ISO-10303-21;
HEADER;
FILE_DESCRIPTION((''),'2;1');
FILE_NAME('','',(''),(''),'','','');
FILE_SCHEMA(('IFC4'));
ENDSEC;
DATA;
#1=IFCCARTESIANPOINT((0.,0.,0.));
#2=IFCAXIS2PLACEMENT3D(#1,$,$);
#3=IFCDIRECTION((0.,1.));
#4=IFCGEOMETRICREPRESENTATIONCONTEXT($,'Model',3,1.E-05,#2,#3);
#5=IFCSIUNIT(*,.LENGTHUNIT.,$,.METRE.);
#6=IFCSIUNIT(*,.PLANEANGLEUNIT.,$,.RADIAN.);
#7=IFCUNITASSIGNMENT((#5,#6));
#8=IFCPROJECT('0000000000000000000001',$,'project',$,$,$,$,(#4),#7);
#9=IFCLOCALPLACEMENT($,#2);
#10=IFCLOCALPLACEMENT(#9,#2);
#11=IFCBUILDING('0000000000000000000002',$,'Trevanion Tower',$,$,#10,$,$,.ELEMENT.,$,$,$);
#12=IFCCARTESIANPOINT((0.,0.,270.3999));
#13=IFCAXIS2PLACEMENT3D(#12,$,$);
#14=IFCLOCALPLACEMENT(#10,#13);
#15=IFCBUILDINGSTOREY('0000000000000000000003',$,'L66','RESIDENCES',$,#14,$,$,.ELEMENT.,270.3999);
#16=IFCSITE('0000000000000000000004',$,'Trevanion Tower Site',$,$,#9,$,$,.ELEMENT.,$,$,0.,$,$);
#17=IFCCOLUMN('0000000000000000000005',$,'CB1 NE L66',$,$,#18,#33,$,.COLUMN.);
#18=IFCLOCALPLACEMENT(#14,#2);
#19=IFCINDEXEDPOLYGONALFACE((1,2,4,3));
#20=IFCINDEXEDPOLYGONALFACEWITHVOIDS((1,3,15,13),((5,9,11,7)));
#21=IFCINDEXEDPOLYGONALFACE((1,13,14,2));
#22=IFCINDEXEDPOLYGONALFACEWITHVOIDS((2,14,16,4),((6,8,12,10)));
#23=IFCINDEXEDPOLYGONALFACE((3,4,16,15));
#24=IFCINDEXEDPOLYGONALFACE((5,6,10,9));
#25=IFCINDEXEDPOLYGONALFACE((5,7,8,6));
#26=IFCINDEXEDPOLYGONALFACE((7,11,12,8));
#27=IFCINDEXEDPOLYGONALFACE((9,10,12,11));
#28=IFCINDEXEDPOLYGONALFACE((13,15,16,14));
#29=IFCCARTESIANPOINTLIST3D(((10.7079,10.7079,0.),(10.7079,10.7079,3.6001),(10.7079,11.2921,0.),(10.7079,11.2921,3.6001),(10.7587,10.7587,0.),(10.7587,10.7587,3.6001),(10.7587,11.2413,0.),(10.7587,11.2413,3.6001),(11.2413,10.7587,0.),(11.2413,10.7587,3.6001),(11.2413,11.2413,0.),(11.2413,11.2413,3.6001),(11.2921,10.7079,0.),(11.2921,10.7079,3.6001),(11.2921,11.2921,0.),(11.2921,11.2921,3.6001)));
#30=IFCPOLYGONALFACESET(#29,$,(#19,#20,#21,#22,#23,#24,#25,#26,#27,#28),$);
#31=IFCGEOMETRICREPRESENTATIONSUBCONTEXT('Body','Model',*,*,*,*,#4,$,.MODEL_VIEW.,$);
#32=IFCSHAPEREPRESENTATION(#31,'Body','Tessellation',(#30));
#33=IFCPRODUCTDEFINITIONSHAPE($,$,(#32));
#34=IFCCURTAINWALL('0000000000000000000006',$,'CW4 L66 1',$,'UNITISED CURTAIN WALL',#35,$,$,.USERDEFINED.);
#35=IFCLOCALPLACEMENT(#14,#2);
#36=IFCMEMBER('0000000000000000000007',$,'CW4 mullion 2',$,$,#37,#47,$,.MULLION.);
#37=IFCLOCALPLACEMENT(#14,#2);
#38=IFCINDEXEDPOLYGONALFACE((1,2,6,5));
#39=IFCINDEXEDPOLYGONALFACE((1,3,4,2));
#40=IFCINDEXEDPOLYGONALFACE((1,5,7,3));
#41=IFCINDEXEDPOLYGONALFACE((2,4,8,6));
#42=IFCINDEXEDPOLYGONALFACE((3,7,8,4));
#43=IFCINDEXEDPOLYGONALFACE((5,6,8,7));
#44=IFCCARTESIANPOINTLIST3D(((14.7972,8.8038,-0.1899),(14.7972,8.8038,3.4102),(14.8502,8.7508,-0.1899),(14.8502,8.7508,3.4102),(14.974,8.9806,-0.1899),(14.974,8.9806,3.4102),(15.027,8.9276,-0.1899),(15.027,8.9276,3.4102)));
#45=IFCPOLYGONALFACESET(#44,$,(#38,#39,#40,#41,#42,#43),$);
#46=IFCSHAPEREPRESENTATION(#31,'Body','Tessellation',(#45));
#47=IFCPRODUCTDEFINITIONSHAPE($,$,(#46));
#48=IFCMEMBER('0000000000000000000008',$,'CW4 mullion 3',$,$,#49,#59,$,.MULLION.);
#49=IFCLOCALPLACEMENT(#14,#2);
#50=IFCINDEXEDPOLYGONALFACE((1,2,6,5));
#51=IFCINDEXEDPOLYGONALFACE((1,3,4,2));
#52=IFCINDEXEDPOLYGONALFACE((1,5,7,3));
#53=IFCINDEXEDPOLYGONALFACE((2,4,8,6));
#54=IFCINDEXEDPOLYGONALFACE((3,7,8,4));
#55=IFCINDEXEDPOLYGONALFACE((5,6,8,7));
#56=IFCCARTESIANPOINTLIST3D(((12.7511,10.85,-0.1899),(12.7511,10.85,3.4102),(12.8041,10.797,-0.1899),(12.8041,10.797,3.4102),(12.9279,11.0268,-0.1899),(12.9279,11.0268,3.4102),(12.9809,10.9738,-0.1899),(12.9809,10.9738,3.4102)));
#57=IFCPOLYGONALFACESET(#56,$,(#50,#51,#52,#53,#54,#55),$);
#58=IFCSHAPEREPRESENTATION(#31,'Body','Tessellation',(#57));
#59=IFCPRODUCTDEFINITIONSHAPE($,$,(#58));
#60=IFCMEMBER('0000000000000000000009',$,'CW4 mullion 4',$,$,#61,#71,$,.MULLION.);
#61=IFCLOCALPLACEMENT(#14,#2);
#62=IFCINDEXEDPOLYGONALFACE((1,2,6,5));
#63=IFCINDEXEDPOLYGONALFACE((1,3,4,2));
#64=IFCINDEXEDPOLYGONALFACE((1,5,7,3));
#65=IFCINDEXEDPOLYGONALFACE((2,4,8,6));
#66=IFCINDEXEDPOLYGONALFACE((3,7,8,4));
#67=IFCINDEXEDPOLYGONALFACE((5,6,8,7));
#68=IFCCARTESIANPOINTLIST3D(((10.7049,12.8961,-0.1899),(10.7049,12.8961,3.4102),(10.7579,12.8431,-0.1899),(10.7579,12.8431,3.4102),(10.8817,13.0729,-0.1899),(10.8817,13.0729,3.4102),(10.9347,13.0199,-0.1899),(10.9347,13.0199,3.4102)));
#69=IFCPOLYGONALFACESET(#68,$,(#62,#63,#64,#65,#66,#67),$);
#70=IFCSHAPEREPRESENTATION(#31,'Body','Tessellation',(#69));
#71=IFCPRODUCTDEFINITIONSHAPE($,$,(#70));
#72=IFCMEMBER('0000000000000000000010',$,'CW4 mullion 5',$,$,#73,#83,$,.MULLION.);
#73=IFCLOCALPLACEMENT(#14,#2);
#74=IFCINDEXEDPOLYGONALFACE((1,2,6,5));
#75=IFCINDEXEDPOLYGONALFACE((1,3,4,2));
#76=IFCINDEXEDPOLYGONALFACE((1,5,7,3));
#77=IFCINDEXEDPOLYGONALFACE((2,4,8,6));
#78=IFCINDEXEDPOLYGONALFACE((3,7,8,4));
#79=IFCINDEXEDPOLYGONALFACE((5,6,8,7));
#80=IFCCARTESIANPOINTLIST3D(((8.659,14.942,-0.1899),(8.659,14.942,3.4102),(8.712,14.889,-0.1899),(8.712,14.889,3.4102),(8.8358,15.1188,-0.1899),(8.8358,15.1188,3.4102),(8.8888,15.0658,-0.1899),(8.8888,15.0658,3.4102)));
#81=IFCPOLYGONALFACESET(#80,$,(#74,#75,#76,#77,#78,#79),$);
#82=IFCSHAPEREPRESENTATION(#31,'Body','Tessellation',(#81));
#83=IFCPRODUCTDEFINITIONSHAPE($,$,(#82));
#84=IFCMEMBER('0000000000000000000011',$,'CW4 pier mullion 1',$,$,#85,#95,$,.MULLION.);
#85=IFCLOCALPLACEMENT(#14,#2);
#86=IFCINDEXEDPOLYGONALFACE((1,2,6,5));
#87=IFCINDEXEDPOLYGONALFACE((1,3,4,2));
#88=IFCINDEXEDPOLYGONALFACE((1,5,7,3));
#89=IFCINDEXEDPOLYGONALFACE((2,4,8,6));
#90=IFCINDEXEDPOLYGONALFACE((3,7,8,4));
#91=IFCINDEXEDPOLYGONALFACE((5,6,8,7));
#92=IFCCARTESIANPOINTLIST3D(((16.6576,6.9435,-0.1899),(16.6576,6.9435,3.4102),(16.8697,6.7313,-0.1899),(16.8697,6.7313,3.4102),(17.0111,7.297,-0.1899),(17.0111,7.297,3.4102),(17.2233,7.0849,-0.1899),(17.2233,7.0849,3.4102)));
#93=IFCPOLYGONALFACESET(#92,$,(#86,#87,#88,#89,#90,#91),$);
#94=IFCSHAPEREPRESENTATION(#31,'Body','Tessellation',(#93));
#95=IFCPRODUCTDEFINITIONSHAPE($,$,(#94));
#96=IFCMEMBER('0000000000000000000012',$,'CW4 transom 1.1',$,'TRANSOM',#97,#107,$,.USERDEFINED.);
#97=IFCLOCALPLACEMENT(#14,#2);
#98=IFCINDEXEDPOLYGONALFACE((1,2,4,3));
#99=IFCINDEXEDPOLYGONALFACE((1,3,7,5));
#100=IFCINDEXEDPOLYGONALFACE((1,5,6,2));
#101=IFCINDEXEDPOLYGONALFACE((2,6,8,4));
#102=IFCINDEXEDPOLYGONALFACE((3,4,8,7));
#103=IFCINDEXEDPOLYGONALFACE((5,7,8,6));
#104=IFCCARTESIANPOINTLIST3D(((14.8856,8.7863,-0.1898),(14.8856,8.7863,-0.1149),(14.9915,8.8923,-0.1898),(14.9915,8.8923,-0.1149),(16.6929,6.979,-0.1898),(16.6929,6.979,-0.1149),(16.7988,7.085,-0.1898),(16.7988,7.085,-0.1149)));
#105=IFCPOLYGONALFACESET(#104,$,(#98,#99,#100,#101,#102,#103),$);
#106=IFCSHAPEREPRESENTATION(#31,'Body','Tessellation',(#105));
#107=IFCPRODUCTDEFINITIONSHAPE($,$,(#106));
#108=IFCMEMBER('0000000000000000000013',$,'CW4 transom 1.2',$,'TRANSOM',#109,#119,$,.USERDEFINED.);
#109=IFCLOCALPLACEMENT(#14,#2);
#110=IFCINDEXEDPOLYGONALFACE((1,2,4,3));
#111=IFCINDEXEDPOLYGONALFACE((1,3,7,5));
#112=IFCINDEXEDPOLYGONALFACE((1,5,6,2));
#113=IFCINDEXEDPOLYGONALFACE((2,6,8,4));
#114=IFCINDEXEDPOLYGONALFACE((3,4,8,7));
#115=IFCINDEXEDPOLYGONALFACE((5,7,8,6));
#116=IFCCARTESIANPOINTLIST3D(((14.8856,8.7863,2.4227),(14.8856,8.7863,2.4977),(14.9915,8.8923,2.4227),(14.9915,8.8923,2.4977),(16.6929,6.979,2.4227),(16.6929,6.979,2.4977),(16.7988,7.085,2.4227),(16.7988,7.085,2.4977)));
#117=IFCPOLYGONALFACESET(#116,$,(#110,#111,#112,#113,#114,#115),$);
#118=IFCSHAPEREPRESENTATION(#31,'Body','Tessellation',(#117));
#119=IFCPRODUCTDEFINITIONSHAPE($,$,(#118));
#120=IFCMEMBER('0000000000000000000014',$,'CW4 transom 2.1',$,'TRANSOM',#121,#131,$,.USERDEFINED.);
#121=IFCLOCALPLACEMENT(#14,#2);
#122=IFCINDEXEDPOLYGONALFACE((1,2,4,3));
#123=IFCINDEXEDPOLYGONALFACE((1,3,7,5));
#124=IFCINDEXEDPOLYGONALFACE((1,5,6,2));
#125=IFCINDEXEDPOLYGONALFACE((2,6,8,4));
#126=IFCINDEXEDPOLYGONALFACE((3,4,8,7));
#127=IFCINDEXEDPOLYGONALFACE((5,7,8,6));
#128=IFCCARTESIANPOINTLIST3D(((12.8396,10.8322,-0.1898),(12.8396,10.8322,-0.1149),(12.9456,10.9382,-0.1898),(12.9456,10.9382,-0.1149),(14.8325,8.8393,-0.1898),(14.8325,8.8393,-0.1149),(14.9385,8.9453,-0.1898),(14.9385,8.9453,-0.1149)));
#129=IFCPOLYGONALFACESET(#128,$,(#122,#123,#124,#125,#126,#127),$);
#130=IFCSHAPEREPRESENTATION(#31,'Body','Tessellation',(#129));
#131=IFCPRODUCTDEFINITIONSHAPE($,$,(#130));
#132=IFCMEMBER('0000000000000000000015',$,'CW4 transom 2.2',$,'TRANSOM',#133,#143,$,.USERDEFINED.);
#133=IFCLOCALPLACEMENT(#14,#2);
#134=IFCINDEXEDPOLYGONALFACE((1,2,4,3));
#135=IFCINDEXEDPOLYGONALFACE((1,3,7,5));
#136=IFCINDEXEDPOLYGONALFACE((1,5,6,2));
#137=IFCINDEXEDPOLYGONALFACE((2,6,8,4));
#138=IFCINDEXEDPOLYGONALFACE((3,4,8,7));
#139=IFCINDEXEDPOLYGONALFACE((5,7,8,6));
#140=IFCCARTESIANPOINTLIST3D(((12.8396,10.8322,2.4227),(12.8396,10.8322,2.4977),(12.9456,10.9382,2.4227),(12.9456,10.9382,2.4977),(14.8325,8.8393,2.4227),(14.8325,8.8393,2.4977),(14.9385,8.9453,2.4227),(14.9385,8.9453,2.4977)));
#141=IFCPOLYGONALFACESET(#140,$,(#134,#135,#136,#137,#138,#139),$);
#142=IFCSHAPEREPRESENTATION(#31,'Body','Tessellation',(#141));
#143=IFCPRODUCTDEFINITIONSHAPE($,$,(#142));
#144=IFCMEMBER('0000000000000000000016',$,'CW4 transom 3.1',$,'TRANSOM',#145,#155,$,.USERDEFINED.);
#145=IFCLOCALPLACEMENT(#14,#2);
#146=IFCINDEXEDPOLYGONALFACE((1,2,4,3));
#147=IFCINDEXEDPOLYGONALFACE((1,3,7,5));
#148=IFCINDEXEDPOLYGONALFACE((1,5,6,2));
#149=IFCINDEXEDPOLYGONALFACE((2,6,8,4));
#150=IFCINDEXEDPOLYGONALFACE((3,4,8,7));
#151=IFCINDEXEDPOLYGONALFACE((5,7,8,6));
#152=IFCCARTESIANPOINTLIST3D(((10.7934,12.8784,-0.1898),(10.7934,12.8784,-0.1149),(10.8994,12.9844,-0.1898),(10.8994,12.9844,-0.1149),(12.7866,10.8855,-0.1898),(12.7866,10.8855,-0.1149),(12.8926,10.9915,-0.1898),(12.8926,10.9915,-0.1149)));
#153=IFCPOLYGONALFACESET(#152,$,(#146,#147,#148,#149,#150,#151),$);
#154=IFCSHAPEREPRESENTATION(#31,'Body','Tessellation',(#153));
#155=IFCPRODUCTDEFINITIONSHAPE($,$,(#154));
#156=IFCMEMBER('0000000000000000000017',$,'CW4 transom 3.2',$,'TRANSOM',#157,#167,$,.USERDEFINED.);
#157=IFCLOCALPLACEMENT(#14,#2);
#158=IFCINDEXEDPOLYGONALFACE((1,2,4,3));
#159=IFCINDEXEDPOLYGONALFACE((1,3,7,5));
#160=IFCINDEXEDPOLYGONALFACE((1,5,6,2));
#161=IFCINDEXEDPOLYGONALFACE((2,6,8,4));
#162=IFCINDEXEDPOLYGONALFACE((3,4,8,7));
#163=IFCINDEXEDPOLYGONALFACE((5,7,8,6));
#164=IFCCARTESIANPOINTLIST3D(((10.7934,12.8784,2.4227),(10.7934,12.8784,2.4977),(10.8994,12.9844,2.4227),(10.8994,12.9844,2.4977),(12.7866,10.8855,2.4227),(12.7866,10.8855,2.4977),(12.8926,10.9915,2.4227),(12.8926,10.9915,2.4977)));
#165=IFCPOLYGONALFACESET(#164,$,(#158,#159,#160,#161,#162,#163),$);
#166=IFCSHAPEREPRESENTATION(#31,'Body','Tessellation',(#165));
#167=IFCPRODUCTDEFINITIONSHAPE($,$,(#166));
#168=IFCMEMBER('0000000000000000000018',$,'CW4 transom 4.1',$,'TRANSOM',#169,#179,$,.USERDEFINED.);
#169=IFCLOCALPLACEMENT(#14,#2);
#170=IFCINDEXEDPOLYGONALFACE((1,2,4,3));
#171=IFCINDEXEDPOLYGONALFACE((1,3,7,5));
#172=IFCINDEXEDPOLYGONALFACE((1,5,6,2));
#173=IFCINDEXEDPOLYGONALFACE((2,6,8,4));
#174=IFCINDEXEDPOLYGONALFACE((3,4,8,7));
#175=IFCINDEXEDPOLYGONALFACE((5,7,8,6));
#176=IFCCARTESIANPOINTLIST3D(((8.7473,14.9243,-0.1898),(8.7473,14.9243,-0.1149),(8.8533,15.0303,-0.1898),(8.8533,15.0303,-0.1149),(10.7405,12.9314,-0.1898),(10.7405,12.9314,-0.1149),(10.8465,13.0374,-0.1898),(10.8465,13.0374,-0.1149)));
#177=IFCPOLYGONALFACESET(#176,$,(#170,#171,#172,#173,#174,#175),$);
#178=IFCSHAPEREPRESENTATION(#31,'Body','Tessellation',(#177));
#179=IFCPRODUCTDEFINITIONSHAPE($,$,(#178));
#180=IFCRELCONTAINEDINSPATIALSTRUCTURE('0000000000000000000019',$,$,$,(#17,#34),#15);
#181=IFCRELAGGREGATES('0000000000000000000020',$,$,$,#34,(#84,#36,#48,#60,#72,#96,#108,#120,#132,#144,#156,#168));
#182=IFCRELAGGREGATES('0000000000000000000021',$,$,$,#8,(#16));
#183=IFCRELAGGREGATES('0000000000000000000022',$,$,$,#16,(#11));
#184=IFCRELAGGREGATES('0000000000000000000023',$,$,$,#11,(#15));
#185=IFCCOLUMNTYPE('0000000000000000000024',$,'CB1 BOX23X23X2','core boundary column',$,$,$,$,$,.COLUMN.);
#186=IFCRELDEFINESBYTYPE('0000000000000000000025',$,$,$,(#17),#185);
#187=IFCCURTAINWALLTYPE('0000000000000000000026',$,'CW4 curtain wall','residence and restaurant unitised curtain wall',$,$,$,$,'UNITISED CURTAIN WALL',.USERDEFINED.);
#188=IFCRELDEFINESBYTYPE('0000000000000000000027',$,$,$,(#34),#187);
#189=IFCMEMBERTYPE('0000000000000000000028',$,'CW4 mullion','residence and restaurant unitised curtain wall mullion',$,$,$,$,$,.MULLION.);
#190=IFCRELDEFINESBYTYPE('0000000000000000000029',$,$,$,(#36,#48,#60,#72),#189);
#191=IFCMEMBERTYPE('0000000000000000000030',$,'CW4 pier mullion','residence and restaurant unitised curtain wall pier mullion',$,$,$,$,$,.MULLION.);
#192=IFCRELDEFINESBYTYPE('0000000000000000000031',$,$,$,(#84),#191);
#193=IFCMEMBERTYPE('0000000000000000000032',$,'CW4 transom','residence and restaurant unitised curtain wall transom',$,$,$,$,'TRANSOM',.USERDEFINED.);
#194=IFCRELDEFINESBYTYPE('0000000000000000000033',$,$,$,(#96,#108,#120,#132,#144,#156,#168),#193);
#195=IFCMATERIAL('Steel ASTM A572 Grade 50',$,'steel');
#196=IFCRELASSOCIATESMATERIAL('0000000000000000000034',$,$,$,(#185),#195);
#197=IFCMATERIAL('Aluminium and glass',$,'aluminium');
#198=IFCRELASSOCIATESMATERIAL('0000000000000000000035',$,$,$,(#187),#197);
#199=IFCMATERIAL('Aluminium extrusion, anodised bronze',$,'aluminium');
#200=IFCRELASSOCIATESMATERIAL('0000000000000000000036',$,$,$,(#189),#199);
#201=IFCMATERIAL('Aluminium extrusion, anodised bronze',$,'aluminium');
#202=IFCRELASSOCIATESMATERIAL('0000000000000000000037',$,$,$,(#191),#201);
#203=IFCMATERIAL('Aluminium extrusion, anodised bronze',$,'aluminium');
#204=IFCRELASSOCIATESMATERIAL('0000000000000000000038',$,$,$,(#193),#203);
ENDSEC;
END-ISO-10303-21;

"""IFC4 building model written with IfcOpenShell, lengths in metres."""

from ifc_helpers import new_model, si_unit, direction, frame, origin, origin_2d, place, context, subcontext, project, spatial, rectangle, hollow_rectangle, extrude, material, material_profile, profile_set, type_object, element, aggregate, save


model = new_model("IFC4")

# Units and contexts
model_context = context("Model", 3, precision=1e-05, world=origin(), true_north=direction((0.0, 1.0)))
body_context = subcontext(model_context, "Body", "Model", "MODEL_VIEW")
ifc_project = project(units=[si_unit("LENGTHUNIT", "METRE"), si_unit("PLANEANGLEUNIT", "RADIAN")], contexts=[model_context])

# Site, building, storey
site_placement = place(None, origin())
site = spatial("IfcSite", under=ifc_project, at=site_placement, Name="Trevanion Tower Site", CompositionType="ELEMENT", RefElevation=0.0)
building_placement = place(site_placement, origin())
building = spatial("IfcBuilding", under=site, at=building_placement, Name="Trevanion Tower", CompositionType="ELEMENT")
storey_placement = place(building_placement, frame((0.0, 0.0, 270.3999)))
storey = spatial("IfcBuildingStorey", under=building, at=storey_placement, Name="L66", Description="RESIDENCES", CompositionType="ELEMENT", Elevation=270.3999)

# Column
ifc_material_1 = material(Name="Steel ASTM A572 Grade 50", Category="steel")
ifc_material_profile_1 = material_profile(ifc_material_1, hollow_rectangle(XDim=0.5842, YDim=0.5842, WallThickness=0.0508, at=origin_2d()), Name="BOX23X23X2")
ifc_profile_set_1 = profile_set([ifc_material_profile_1], Name="Steel ASTM A572 Grade 50")
column_type = type_object("IfcColumnType", Name="CB1 BOX23X23X2", Description="core boundary column", PredefinedType="COLUMN", material=ifc_profile_set_1)
column_placement = place(storey_placement, frame((11.0, 11.0, 0.0), z_axis=(0.0, 0.0, 1.0), x_axis=(1.0, 0.0, 0.0)))
element("IfcColumn", 1, at=column_placement, inside=storey, type_object=column_type, Name="CB1 NE L66", PredefinedType="COLUMN", context=body_context, shape_type="SweptSolid", body=[
    extrude(hollow_rectangle(XDim=0.5842, YDim=0.5842, WallThickness=0.0508, at=origin_2d()), origin(), (0.0, 0.0, 1.0), 3.6001),
])

# Curtain wall, members
ifc_material_2 = material(Name="Aluminium and glass", Category="aluminium")
curtain_wall_type = type_object("IfcCurtainWallType", Name="CW4 curtain wall", Description="residence and restaurant unitised curtain wall", ElementType="UNITISED CURTAIN WALL", PredefinedType="USERDEFINED", material=ifc_material_2)
curtain_wall_placement = place(storey_placement, origin())
curtain_wall = element("IfcCurtainWall", 2, at=curtain_wall_placement, inside=storey, type_object=curtain_wall_type, Name="CW4 L66 1", ObjectType="UNITISED CURTAIN WALL", PredefinedType="USERDEFINED")
ifc_material_3 = material(Name="Aluminium extrusion, anodised bronze", Category="aluminium")
ifc_material_profile_2 = material_profile(ifc_material_3, rectangle(XDim=0.075, YDim=0.25, at=origin_2d()), Name="CW4 mullion")
ifc_profile_set_2 = profile_set([ifc_material_profile_2], Name="Aluminium extrusion, anodised bronze")
member_type_1 = type_object("IfcMemberType", Name="CW4 mullion", Description="residence and restaurant unitised curtain wall mullion", PredefinedType="MULLION", material=ifc_profile_set_2)
member_1_placement = place(storey_placement, frame((14.9121, 8.8657, -0.1899), z_axis=(0.0, 0.0, 1.0), x_axis=(-0.707107, 0.707107, 0.0)))
member_1 = element("IfcMember", 3, at=member_1_placement, type_object=member_type_1, Name="CW4 mullion 2", PredefinedType="MULLION", context=body_context, shape_type="SweptSolid", body=[
    extrude(rectangle(XDim=0.075, YDim=0.25, at=origin_2d()), origin(), (0.0, 0.0, 1.0), 3.6001),
])
member_2_placement = place(storey_placement, frame((12.866, 10.9119, -0.1899), z_axis=(0.0, 0.0, 1.0), x_axis=(-0.707107, 0.707107, 0.0)))
member_2 = element("IfcMember", 4, at=member_2_placement, type_object=member_type_1, Name="CW4 mullion 3", PredefinedType="MULLION", context=body_context, shape_type="SweptSolid", body=[
    extrude(rectangle(XDim=0.075, YDim=0.25, at=origin_2d()), origin(), (0.0, 0.0, 1.0), 3.6001),
])
member_3_placement = place(storey_placement, frame((10.8198, 12.958, -0.1899), z_axis=(0.0, 0.0, 1.0), x_axis=(-0.707107, 0.707107, 0.0)))
member_3 = element("IfcMember", 5, at=member_3_placement, type_object=member_type_1, Name="CW4 mullion 4", PredefinedType="MULLION", context=body_context, shape_type="SweptSolid", body=[
    extrude(rectangle(XDim=0.075, YDim=0.25, at=origin_2d()), origin(), (0.0, 0.0, 1.0), 3.6001),
])
member_4_placement = place(storey_placement, frame((8.7739, 15.0039, -0.1899), z_axis=(0.0, 0.0, 1.0), x_axis=(-0.707107, 0.707107, 0.0)))
member_4 = element("IfcMember", 6, at=member_4_placement, type_object=member_type_1, Name="CW4 mullion 5", PredefinedType="MULLION", context=body_context, shape_type="SweptSolid", body=[
    extrude(rectangle(XDim=0.075, YDim=0.25, at=origin_2d()), origin(), (0.0, 0.0, 1.0), 3.6001),
])
ifc_material_4 = material(Name="Aluminium extrusion, anodised bronze", Category="aluminium")
ifc_material_profile_3 = material_profile(ifc_material_4, rectangle(XDim=0.3, YDim=0.5, at=origin_2d()), Name="CW4 pier mullion")
ifc_profile_set_3 = profile_set([ifc_material_profile_3], Name="Aluminium extrusion, anodised bronze")
member_type_2 = type_object("IfcMemberType", Name="CW4 pier mullion", Description="residence and restaurant unitised curtain wall pier mullion", PredefinedType="MULLION", material=ifc_profile_set_3)
member_5_placement = place(storey_placement, frame((16.9404, 7.0142, -0.1899), z_axis=(0.0, 0.0, 1.0), x_axis=(-0.707107, 0.707107, 0.0)))
member_5 = element("IfcMember", 7, at=member_5_placement, type_object=member_type_2, Name="CW4 pier mullion 1", PredefinedType="MULLION", context=body_context, shape_type="SweptSolid", body=[
    extrude(rectangle(XDim=0.3, YDim=0.5, at=origin_2d()), origin(), (0.0, 0.0, 1.0), 3.6001),
])
ifc_material_5 = material(Name="Aluminium extrusion, anodised bronze", Category="aluminium")
ifc_material_profile_4 = material_profile(ifc_material_5, rectangle(XDim=0.1499, YDim=0.075, at=origin_2d()), Name="CW4 transom")
ifc_profile_set_4 = profile_set([ifc_material_profile_4], Name="Aluminium extrusion, anodised bronze")
member_type_3 = type_object("IfcMemberType", Name="CW4 transom", Description="residence and restaurant unitised curtain wall transom", ElementType="TRANSOM", PredefinedType="USERDEFINED", material=ifc_profile_set_4)
member_6_placement = place(storey_placement, frame((16.7458, 7.032, -0.1523), z_axis=(-0.707107, 0.707107, 0.0), x_axis=(-0.707107, -0.707107, 0.0)))
member_6 = element("IfcMember", 8, at=member_6_placement, type_object=member_type_3, Name="CW4 transom 1.1", ObjectType="TRANSOM", PredefinedType="USERDEFINED", context=body_context, shape_type="SweptSolid", body=[
    extrude(rectangle(XDim=0.1499, YDim=0.075, at=origin_2d()), origin(), (0.0, 0.0, 1.0), 2.5559),
])
member_7_placement = place(storey_placement, frame((16.7458, 7.032, 2.4602), z_axis=(-0.707107, 0.707107, 0.0), x_axis=(-0.707107, -0.707107, 0.0)))
member_7 = element("IfcMember", 9, at=member_7_placement, type_object=member_type_3, Name="CW4 transom 1.2", ObjectType="TRANSOM", PredefinedType="USERDEFINED", context=body_context, shape_type="SweptSolid", body=[
    extrude(rectangle(XDim=0.1499, YDim=0.075, at=origin_2d()), origin(), (0.0, 0.0, 1.0), 2.5559),
])
member_8_placement = place(storey_placement, frame((14.8855, 8.8923, -0.1523), z_axis=(-0.707107, 0.707107, 0.0), x_axis=(-0.707107, -0.707107, 0.0)))
member_8 = element("IfcMember", 10, at=member_8_placement, type_object=member_type_3, Name="CW4 transom 2.1", ObjectType="TRANSOM", PredefinedType="USERDEFINED", context=body_context, shape_type="SweptSolid", body=[
    extrude(rectangle(XDim=0.1499, YDim=0.075, at=origin_2d()), origin(), (0.0, 0.0, 1.0), 2.8184),
])
member_9_placement = place(storey_placement, frame((14.8855, 8.8923, 2.4602), z_axis=(-0.707107, 0.707107, 0.0), x_axis=(-0.707107, -0.707107, 0.0)))
member_9 = element("IfcMember", 11, at=member_9_placement, type_object=member_type_3, Name="CW4 transom 2.2", ObjectType="TRANSOM", PredefinedType="USERDEFINED", context=body_context, shape_type="SweptSolid", body=[
    extrude(rectangle(XDim=0.1499, YDim=0.075, at=origin_2d()), origin(), (0.0, 0.0, 1.0), 2.8184),
])
member_10_placement = place(storey_placement, frame((12.8396, 10.9385, -0.1523), z_axis=(-0.70715, 0.707063, 0.0), x_axis=(-0.707063, -0.70715, 0.0)))
member_10 = element("IfcMember", 12, at=member_10_placement, type_object=member_type_3, Name="CW4 transom 3.1", ObjectType="TRANSOM", PredefinedType="USERDEFINED", context=body_context, shape_type="SweptSolid", body=[
    extrude(rectangle(XDim=0.1499, YDim=0.075, at=origin_2d()), origin(), (0.0, 0.0, 1.0), 2.8186),
])
member_11_placement = place(storey_placement, frame((12.8396, 10.9385, 2.4602), z_axis=(-0.70715, 0.707063, 0.0), x_axis=(-0.707063, -0.70715, 0.0)))
member_11 = element("IfcMember", 13, at=member_11_placement, type_object=member_type_3, Name="CW4 transom 3.2", ObjectType="TRANSOM", PredefinedType="USERDEFINED", context=body_context, shape_type="SweptSolid", body=[
    extrude(rectangle(XDim=0.1499, YDim=0.075, at=origin_2d()), origin(), (0.0, 0.0, 1.0), 2.8186),
])
member_12_placement = place(storey_placement, frame((10.7935, 12.9844, -0.1523), z_axis=(-0.70715, 0.707063, 0.0), x_axis=(-0.707063, -0.70715, 0.0)))
member_12 = element("IfcMember", 14, at=member_12_placement, type_object=member_type_3, Name="CW4 transom 4.1", ObjectType="TRANSOM", PredefinedType="USERDEFINED", context=body_context, shape_type="SweptSolid", body=[
    extrude(rectangle(XDim=0.1499, YDim=0.075, at=origin_2d()), origin(), (0.0, 0.0, 1.0), 2.8186),
])
aggregate(curtain_wall, [member_5, member_1, member_2, member_3, member_4, member_6, member_7, member_8, member_9, member_10, member_11, member_12])

save(model, "model.ifc")
